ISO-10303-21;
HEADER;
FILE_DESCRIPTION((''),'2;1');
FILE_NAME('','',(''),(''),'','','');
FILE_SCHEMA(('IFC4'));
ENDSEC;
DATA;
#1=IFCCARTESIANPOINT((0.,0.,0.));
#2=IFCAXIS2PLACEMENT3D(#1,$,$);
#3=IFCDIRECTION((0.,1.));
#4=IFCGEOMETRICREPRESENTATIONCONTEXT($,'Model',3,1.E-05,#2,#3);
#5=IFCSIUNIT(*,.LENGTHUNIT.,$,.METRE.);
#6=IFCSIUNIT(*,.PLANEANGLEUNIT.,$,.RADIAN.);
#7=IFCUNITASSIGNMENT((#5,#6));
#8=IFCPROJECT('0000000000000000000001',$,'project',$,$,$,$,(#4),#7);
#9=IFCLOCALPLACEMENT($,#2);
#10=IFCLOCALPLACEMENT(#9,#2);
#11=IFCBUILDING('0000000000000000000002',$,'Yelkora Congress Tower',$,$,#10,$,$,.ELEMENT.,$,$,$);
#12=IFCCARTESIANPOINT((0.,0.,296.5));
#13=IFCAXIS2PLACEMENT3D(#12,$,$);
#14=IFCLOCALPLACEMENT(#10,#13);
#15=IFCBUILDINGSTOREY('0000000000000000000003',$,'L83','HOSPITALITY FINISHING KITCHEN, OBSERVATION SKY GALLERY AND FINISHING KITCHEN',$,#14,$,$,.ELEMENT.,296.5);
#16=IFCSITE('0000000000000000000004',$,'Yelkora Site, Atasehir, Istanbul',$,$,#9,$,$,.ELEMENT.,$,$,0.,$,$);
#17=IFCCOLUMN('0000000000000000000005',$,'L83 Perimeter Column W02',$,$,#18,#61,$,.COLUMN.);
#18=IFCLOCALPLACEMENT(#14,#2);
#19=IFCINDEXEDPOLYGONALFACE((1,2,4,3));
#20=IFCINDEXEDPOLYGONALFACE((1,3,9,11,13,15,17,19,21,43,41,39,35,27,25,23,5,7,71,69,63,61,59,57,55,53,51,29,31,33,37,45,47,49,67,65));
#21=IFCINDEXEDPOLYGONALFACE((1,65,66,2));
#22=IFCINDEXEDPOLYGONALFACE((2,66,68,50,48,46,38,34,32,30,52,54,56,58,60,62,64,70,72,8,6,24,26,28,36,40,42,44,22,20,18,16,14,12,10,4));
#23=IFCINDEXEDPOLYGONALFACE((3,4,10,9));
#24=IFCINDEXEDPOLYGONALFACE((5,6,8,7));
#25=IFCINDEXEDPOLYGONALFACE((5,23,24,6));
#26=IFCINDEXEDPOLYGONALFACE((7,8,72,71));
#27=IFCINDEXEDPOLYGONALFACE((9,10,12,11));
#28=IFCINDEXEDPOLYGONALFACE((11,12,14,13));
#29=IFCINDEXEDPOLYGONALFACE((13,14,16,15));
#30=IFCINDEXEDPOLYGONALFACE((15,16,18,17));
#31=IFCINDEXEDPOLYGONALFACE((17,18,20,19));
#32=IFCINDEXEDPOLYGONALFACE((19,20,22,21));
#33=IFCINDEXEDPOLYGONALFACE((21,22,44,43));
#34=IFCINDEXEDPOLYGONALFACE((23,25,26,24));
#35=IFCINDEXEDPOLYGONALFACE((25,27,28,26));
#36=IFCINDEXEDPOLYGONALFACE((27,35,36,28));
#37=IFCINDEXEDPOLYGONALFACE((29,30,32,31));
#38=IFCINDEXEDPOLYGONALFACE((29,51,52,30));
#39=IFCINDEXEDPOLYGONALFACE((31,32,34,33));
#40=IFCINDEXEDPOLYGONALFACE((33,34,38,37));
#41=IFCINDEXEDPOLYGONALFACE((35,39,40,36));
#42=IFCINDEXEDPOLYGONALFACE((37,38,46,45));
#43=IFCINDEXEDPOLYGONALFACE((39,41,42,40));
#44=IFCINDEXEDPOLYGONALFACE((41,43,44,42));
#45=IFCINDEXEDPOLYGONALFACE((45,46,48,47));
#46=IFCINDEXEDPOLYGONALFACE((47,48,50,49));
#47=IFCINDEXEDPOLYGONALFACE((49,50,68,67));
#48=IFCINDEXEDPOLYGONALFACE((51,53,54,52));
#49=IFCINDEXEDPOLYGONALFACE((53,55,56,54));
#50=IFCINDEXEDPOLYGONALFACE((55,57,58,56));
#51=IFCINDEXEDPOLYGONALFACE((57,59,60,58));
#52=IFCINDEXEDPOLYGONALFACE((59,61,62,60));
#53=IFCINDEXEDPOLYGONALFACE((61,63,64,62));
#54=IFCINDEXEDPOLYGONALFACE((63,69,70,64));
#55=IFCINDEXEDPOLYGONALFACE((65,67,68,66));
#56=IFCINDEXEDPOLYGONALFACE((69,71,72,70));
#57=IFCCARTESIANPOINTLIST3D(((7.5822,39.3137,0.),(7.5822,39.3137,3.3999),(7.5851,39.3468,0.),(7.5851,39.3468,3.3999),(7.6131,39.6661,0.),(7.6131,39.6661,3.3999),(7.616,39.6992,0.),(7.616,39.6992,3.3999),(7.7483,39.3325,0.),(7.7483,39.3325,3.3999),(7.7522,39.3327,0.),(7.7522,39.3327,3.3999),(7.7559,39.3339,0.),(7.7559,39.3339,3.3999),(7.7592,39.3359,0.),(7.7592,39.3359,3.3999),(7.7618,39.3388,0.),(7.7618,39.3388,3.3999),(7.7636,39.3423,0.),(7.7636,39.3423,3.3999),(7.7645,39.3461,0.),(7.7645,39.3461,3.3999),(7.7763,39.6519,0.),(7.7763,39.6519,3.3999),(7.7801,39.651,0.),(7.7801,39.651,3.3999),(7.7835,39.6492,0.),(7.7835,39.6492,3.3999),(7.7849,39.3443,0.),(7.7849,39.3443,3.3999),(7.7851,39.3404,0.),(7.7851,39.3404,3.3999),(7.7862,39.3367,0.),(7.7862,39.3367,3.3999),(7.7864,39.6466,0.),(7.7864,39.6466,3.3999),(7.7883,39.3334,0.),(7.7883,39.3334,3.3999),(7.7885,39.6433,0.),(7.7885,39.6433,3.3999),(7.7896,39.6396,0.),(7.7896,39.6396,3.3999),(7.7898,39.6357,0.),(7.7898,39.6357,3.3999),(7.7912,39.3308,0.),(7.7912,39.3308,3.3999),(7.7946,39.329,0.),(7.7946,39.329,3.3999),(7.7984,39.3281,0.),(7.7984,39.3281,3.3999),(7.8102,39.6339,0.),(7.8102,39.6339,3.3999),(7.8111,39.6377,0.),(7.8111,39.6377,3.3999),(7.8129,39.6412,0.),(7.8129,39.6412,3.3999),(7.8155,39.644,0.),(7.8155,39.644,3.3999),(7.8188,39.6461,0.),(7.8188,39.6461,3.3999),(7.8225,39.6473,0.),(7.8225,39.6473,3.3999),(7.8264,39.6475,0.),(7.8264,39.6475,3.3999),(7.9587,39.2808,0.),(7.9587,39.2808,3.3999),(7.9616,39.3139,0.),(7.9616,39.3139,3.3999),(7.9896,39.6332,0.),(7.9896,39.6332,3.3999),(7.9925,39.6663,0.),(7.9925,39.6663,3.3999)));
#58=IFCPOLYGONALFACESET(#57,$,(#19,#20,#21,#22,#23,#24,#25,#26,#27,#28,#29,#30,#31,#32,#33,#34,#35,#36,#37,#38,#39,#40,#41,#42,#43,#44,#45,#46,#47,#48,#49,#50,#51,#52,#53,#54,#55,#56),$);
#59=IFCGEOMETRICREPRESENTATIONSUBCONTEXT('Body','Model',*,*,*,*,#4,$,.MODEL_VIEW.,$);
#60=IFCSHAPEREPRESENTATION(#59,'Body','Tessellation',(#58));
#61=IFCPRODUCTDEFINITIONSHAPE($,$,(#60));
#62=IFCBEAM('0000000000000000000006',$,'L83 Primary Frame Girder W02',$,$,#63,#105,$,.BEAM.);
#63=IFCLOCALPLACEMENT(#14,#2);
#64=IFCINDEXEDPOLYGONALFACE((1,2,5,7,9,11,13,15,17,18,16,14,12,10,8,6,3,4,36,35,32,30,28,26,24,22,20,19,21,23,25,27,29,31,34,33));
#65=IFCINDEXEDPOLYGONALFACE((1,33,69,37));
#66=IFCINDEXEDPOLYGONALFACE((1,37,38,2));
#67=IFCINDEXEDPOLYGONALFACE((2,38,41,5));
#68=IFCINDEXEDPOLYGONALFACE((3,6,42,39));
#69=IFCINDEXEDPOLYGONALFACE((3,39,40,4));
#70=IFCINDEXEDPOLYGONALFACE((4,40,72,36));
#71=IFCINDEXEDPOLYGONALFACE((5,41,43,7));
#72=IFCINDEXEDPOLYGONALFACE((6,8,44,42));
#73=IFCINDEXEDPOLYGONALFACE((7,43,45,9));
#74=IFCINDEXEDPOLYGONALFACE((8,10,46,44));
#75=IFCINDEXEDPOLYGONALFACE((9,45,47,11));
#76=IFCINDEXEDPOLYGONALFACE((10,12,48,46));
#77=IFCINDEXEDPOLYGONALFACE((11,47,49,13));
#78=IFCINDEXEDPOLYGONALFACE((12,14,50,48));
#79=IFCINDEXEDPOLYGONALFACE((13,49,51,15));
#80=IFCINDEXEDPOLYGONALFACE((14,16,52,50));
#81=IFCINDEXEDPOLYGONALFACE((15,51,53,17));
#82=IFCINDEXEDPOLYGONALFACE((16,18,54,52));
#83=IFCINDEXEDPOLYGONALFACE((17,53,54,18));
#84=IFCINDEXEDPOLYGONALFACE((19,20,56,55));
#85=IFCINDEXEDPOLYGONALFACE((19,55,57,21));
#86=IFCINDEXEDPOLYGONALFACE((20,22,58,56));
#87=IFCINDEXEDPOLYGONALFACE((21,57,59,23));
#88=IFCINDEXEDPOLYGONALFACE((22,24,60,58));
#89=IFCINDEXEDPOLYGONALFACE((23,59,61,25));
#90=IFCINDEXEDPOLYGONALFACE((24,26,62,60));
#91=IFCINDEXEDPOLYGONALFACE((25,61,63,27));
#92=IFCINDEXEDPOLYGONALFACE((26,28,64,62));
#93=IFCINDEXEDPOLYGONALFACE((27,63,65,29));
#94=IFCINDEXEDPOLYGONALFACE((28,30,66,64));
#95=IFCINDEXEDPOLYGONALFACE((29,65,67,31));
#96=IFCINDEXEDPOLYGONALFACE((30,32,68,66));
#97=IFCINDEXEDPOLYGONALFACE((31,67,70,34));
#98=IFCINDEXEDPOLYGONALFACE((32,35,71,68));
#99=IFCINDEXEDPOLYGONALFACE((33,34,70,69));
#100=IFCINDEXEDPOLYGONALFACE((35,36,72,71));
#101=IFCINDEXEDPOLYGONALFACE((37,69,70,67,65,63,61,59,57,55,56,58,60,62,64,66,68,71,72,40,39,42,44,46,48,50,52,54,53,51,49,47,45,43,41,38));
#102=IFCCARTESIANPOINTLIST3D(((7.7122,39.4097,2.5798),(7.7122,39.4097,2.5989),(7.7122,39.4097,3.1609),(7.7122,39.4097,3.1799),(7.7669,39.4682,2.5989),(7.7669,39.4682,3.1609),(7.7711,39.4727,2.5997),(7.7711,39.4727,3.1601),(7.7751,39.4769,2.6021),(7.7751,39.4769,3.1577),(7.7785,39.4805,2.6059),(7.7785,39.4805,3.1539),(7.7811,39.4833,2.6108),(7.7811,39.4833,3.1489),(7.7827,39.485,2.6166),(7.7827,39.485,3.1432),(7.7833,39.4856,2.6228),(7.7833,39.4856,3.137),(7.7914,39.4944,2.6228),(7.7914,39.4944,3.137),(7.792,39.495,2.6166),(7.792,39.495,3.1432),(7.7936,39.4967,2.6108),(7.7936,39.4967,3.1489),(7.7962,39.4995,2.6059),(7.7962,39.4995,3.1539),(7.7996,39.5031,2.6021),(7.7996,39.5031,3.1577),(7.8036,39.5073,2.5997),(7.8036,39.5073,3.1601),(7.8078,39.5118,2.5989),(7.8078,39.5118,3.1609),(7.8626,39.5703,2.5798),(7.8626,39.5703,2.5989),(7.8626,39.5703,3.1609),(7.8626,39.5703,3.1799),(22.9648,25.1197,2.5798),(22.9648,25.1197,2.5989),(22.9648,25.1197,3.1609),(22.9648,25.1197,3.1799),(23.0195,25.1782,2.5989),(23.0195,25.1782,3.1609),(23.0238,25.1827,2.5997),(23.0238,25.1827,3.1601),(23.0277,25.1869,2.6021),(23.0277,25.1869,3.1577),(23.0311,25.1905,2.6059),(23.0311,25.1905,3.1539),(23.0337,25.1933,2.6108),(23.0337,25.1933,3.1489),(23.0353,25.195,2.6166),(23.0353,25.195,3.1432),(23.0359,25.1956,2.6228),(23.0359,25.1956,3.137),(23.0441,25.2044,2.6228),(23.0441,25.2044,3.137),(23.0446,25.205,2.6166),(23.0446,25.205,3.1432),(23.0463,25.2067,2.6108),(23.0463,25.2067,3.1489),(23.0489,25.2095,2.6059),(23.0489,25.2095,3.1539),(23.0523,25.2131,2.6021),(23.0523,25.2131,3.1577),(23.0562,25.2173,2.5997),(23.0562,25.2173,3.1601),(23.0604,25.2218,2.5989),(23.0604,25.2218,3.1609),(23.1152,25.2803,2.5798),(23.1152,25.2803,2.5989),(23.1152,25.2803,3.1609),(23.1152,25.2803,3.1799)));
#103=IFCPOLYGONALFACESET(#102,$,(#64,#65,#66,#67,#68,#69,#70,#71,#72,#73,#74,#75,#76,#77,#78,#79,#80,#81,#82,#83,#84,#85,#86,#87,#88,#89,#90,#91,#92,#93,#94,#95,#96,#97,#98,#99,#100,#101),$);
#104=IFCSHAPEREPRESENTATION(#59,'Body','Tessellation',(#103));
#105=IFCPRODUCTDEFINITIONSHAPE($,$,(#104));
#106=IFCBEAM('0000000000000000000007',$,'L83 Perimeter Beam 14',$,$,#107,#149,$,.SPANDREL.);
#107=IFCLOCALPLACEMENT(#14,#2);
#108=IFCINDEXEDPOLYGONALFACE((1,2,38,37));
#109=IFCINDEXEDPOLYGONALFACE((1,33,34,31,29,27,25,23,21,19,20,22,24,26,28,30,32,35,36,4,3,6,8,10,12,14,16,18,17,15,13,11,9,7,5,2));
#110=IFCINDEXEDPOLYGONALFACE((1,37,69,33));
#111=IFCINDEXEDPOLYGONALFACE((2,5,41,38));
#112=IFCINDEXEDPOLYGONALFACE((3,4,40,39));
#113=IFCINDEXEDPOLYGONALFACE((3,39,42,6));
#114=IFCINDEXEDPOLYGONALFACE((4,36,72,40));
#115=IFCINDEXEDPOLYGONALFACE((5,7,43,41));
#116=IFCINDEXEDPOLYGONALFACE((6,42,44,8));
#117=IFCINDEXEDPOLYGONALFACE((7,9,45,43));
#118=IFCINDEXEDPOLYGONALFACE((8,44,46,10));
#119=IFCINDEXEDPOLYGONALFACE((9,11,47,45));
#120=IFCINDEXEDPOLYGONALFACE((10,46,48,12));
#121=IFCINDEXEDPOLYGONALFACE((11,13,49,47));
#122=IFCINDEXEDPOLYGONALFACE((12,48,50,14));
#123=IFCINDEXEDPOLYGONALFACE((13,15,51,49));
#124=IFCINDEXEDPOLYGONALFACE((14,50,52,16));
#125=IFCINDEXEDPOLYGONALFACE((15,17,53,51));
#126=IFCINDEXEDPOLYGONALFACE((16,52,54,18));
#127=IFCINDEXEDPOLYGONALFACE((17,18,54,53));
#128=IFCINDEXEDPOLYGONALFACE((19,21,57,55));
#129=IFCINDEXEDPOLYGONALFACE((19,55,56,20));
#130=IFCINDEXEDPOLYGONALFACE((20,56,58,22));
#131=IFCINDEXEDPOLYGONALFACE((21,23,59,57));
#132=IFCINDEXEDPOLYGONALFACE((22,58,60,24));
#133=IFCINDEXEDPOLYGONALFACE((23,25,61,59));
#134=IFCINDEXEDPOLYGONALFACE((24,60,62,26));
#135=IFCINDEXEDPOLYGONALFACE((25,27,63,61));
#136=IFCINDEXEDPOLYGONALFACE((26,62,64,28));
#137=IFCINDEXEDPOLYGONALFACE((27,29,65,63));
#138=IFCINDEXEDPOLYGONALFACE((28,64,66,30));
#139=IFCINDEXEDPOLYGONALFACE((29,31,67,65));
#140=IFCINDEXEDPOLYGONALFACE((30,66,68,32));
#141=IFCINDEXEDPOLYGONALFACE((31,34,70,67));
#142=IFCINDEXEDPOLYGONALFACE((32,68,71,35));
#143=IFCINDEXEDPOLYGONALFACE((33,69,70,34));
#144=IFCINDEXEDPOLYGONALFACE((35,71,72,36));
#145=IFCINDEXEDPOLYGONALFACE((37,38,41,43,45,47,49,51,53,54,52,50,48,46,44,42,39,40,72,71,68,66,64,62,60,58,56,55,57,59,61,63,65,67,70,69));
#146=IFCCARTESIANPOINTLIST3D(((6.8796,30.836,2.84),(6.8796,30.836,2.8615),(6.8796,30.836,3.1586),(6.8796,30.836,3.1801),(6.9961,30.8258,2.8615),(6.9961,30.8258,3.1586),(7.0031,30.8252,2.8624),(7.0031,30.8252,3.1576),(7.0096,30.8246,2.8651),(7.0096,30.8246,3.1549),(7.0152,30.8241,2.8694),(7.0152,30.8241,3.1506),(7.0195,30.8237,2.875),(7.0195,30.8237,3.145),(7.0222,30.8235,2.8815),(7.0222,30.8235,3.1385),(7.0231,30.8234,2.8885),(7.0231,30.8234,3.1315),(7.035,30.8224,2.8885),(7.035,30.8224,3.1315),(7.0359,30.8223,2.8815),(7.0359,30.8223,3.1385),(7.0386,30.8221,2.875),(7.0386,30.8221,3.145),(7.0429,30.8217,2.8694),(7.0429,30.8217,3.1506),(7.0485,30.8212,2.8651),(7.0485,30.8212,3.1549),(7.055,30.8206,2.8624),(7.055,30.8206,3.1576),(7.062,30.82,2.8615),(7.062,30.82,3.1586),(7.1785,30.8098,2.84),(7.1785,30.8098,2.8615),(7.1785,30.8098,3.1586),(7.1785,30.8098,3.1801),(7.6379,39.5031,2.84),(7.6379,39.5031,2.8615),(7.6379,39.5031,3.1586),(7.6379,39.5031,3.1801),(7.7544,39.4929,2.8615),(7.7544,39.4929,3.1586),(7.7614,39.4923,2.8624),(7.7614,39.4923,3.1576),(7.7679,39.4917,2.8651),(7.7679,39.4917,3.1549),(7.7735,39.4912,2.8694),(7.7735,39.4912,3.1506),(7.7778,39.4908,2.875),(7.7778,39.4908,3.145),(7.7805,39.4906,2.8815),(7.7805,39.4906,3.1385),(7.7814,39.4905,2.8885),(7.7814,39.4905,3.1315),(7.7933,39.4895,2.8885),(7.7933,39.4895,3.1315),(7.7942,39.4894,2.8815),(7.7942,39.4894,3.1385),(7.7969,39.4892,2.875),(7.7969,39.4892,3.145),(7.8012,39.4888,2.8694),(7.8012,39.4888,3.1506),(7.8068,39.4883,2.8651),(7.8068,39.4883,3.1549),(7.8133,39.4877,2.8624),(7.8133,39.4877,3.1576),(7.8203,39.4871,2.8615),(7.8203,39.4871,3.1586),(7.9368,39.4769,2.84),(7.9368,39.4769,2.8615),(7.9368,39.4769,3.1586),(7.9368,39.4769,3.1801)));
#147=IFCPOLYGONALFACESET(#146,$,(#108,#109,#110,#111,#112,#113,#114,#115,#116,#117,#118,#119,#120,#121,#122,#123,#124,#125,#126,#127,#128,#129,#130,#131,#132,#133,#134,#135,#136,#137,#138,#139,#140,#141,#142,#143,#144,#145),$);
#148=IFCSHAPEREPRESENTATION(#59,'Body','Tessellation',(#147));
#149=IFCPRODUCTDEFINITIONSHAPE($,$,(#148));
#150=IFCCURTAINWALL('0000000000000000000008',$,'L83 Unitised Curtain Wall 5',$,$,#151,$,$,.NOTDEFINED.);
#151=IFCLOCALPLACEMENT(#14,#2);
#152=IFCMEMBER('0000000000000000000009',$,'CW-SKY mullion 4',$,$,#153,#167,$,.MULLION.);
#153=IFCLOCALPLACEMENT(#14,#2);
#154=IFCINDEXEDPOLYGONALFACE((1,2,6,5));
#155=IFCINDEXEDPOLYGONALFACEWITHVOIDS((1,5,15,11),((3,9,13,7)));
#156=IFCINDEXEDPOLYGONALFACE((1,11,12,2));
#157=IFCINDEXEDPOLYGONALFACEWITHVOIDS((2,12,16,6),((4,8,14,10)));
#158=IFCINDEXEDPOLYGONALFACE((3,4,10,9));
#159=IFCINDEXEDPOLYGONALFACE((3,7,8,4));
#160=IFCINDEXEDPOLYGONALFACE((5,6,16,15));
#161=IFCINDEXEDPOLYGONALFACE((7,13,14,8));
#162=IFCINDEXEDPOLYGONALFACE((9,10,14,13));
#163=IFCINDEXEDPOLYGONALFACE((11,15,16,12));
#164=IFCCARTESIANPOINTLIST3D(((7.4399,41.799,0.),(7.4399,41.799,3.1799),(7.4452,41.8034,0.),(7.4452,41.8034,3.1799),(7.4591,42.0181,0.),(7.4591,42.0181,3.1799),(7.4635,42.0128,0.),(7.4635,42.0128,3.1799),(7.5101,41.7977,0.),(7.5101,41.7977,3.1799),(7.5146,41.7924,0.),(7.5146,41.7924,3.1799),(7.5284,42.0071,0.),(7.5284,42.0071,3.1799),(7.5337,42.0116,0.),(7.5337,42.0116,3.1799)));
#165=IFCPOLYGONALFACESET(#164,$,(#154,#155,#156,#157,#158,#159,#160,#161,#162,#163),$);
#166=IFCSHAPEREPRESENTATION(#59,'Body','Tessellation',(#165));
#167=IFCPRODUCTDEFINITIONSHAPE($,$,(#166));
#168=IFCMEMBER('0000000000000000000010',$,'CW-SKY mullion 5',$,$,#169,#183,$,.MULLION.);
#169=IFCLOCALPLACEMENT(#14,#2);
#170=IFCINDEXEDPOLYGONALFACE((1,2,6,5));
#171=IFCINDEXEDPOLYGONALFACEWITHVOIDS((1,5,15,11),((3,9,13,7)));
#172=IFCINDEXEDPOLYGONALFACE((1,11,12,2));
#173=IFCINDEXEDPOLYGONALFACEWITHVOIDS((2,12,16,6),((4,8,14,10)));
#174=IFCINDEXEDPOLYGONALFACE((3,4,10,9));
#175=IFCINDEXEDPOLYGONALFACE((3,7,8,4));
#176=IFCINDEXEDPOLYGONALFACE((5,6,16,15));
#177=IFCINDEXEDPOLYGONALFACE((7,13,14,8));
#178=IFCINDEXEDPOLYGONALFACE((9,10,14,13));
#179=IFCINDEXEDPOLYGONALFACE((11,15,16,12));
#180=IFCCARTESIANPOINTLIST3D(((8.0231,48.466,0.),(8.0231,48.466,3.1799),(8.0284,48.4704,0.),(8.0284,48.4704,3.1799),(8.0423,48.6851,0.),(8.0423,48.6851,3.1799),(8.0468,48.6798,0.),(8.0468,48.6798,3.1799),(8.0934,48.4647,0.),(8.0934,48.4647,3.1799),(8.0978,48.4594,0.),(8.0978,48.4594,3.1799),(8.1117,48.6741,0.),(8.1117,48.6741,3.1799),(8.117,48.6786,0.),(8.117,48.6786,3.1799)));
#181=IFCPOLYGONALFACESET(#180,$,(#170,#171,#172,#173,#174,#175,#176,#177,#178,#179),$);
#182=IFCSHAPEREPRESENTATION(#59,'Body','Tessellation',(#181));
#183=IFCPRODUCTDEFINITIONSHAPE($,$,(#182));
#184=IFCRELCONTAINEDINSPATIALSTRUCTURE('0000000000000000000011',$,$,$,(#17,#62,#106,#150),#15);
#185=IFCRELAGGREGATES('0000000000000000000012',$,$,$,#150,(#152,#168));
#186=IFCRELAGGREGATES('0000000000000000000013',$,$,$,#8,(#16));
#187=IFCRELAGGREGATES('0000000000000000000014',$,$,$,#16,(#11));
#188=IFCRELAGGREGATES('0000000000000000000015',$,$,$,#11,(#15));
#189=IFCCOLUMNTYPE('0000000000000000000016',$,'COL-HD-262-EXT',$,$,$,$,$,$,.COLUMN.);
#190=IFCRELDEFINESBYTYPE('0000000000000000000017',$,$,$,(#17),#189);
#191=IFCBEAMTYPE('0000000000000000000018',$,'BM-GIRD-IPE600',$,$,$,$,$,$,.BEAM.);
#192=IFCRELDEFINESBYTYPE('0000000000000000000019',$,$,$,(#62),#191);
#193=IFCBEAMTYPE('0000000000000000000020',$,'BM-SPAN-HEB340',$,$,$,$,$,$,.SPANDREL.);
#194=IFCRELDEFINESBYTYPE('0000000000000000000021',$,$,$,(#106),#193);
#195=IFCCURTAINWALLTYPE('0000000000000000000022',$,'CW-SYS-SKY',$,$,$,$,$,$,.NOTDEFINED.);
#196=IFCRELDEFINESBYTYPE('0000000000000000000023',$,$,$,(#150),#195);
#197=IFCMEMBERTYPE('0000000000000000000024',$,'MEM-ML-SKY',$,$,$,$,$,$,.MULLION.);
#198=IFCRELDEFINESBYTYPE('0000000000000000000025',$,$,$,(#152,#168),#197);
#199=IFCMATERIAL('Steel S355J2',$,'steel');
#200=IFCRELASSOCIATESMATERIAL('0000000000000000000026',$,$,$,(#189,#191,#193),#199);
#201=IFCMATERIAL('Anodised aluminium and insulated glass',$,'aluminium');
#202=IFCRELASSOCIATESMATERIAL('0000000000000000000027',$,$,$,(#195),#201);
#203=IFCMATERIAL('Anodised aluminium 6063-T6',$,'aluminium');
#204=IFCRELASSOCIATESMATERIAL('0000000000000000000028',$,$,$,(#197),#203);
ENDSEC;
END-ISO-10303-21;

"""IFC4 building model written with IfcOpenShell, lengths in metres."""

from ifc_helpers import new_model, si_unit, direction, frame, origin, origin_2d, place, context, subcontext, project, spatial, hollow_rectangle, i_section, extrude, material, material_profile, profile_set, type_object, element, aggregate, save


model = new_model("IFC4")

# Units and contexts
model_context = context("Model", 3, precision=1e-05, world=origin(), true_north=direction((0.0, 1.0)))
body_context = subcontext(model_context, "Body", "Model", "MODEL_VIEW")
ifc_project = project(units=[si_unit("LENGTHUNIT", "METRE"), si_unit("PLANEANGLEUNIT", "RADIAN")], contexts=[model_context])

# Site, building, storey
site_placement = place(None, origin())
site = spatial("IfcSite", under=ifc_project, at=site_placement, Name="Yelkora Site, Atasehir, Istanbul", CompositionType="ELEMENT", RefElevation=0.0)
building_placement = place(site_placement, origin())
building = spatial("IfcBuilding", under=site, at=building_placement, Name="Yelkora Congress Tower", CompositionType="ELEMENT")
storey_placement = place(building_placement, frame((0.0, 0.0, 296.5)))
storey = spatial("IfcBuildingStorey", under=building, at=storey_placement, Name="L83", Description="HOSPITALITY FINISHING KITCHEN, OBSERVATION SKY GALLERY AND FINISHING KITCHEN", CompositionType="ELEMENT", Elevation=296.5)

# Column
ifc_material_1 = material(Name="Steel S355J2", Category="steel")
ifc_material_profile_1 = material_profile(ifc_material_1, i_section(OverallWidth=0.3779, OverallDepth=0.387, WebThickness=0.0205, FlangeThickness=0.0332, FilletRadius=0.0149, at=origin_2d()), Name="HD 360x262")
ifc_profile_set_1 = profile_set([ifc_material_profile_1], Name="Steel S355J2")
column_type = type_object("IfcColumnType", Name="COL-HD-262-EXT", PredefinedType="COLUMN", material=ifc_profile_set_1)
column_placement = place(storey_placement, frame((7.7874, 39.49, 0.0), z_axis=(0.0, 0.0, 1.0), x_axis=(0.996195, -0.087156, 0.0)))
element("IfcColumn", 1, at=column_placement, inside=storey, type_object=column_type, Name="L83 Perimeter Column W02", PredefinedType="COLUMN", context=body_context, shape_type="SweptSolid", body=[
    extrude(i_section(OverallWidth=0.3779, OverallDepth=0.387, WebThickness=0.0205, FlangeThickness=0.0332, FilletRadius=0.0149, at=origin_2d()), origin(), (0.0, 0.0, 1.0), 3.3999),
])

# Beams
ifc_material_profile_2 = material_profile(ifc_material_1, i_section(OverallWidth=0.22, OverallDepth=0.6001, WebThickness=0.012, FlangeThickness=0.019, FilletRadius=0.0239, at=origin_2d()), Name="IPE 600")
ifc_profile_set_2 = profile_set([ifc_material_profile_2], Name="Steel S355J2")
beam_type_1 = type_object("IfcBeamType", Name="BM-GIRD-IPE600", PredefinedType="BEAM", material=ifc_profile_set_2)
beam_1_placement = place(storey_placement, frame((7.7874, 39.49, 2.8799), z_axis=(0.72976, -0.683703, 0.0), x_axis=(0.683703, 0.72976, 0.0)))
element("IfcBeam", 2, at=beam_1_placement, inside=storey, type_object=beam_type_1, Name="L83 Primary Frame Girder W02", PredefinedType="BEAM", context=body_context, shape_type="SweptSolid", body=[
    extrude(i_section(OverallWidth=0.22, OverallDepth=0.6001, WebThickness=0.012, FlangeThickness=0.019, FilletRadius=0.0239, at=origin_2d()), origin(), (0.0, 0.0, 1.0), 20.9009),
])
ifc_material_profile_3 = material_profile(ifc_material_1, i_section(OverallWidth=0.3, OverallDepth=0.3401, WebThickness=0.012, FlangeThickness=0.0215, FilletRadius=0.0271, at=origin_2d()), Name="HEB 340")
ifc_profile_set_3 = profile_set([ifc_material_profile_3], Name="Steel S355J2")
beam_type_2 = type_object("IfcBeamType", Name="BM-SPAN-HEB340", PredefinedType="SPANDREL", material=ifc_profile_set_3)
beam_2_placement = place(storey_placement, frame((7.7874, 39.49, 3.01), z_axis=(-0.08716, -0.996194, 0.0), x_axis=(0.996194, -0.08716, 0.0)))
element("IfcBeam", 3, at=beam_2_placement, inside=storey, type_object=beam_type_2, Name="L83 Perimeter Beam 14", PredefinedType="SPANDREL", context=body_context, shape_type="SweptSolid", body=[
    extrude(i_section(OverallWidth=0.3, OverallDepth=0.3401, WebThickness=0.012, FlangeThickness=0.0215, FilletRadius=0.0271, at=origin_2d()), origin(), (0.0, 0.0, 1.0), 8.7002),
])

# Curtain wall, members
ifc_material_2 = material(Name="Anodised aluminium and insulated glass", Category="aluminium")
curtain_wall_type = type_object("IfcCurtainWallType", Name="CW-SYS-SKY", PredefinedType="NOTDEFINED", material=ifc_material_2)
curtain_wall_1_placement = place(storey_placement, origin())
curtain_wall_1 = element("IfcCurtainWall", 4, at=curtain_wall_1_placement, inside=storey, type_object=curtain_wall_type, Name="L83 Unitised Curtain Wall 5", PredefinedType="NOTDEFINED")
ifc_material_3 = material(Name="Anodised aluminium 6063-T6", Category="aluminium")
ifc_material_profile_4 = material_profile(ifc_material_3, hollow_rectangle(XDim=0.075, YDim=0.22, WallThickness=0.0049, at=origin_2d()), Name="ALU 75x220x5")
ifc_profile_set_4 = profile_set([ifc_material_profile_4], Name="Anodised aluminium 6063-T6")
member_type_1 = type_object("IfcMemberType", Name="MEM-ML-SKY", PredefinedType="MULLION", material=ifc_profile_set_4)
member_1_placement = place(storey_placement, frame((7.4868, 41.9053, 0.0), z_axis=(0.0, 0.0, 1.0), x_axis=(-0.996195, 0.087155, 0.0)))
member_1 = element("IfcMember", 5, at=member_1_placement, type_object=member_type_1, Name="CW-SKY mullion 4", PredefinedType="MULLION", context=body_context, shape_type="SweptSolid", body=[
    extrude(hollow_rectangle(XDim=0.075, YDim=0.22, WallThickness=0.0049, at=origin_2d()), origin(), (0.0, 0.0, 1.0), 3.1799),
])
member_2_placement = place(storey_placement, frame((8.0701, 48.5723, 0.0), z_axis=(0.0, 0.0, 1.0), x_axis=(-0.996195, 0.087155, 0.0)))
member_2 = element("IfcMember", 6, at=member_2_placement, type_object=member_type_1, Name="CW-SKY mullion 5", PredefinedType="MULLION", context=body_context, shape_type="SweptSolid", body=[
    extrude(hollow_rectangle(XDim=0.075, YDim=0.22, WallThickness=0.0049, at=origin_2d()), origin(), (0.0, 0.0, 1.0), 3.1799),
])

aggregate(curtain_wall_1, [member_1, member_2])

save(model, "model.ifc")
